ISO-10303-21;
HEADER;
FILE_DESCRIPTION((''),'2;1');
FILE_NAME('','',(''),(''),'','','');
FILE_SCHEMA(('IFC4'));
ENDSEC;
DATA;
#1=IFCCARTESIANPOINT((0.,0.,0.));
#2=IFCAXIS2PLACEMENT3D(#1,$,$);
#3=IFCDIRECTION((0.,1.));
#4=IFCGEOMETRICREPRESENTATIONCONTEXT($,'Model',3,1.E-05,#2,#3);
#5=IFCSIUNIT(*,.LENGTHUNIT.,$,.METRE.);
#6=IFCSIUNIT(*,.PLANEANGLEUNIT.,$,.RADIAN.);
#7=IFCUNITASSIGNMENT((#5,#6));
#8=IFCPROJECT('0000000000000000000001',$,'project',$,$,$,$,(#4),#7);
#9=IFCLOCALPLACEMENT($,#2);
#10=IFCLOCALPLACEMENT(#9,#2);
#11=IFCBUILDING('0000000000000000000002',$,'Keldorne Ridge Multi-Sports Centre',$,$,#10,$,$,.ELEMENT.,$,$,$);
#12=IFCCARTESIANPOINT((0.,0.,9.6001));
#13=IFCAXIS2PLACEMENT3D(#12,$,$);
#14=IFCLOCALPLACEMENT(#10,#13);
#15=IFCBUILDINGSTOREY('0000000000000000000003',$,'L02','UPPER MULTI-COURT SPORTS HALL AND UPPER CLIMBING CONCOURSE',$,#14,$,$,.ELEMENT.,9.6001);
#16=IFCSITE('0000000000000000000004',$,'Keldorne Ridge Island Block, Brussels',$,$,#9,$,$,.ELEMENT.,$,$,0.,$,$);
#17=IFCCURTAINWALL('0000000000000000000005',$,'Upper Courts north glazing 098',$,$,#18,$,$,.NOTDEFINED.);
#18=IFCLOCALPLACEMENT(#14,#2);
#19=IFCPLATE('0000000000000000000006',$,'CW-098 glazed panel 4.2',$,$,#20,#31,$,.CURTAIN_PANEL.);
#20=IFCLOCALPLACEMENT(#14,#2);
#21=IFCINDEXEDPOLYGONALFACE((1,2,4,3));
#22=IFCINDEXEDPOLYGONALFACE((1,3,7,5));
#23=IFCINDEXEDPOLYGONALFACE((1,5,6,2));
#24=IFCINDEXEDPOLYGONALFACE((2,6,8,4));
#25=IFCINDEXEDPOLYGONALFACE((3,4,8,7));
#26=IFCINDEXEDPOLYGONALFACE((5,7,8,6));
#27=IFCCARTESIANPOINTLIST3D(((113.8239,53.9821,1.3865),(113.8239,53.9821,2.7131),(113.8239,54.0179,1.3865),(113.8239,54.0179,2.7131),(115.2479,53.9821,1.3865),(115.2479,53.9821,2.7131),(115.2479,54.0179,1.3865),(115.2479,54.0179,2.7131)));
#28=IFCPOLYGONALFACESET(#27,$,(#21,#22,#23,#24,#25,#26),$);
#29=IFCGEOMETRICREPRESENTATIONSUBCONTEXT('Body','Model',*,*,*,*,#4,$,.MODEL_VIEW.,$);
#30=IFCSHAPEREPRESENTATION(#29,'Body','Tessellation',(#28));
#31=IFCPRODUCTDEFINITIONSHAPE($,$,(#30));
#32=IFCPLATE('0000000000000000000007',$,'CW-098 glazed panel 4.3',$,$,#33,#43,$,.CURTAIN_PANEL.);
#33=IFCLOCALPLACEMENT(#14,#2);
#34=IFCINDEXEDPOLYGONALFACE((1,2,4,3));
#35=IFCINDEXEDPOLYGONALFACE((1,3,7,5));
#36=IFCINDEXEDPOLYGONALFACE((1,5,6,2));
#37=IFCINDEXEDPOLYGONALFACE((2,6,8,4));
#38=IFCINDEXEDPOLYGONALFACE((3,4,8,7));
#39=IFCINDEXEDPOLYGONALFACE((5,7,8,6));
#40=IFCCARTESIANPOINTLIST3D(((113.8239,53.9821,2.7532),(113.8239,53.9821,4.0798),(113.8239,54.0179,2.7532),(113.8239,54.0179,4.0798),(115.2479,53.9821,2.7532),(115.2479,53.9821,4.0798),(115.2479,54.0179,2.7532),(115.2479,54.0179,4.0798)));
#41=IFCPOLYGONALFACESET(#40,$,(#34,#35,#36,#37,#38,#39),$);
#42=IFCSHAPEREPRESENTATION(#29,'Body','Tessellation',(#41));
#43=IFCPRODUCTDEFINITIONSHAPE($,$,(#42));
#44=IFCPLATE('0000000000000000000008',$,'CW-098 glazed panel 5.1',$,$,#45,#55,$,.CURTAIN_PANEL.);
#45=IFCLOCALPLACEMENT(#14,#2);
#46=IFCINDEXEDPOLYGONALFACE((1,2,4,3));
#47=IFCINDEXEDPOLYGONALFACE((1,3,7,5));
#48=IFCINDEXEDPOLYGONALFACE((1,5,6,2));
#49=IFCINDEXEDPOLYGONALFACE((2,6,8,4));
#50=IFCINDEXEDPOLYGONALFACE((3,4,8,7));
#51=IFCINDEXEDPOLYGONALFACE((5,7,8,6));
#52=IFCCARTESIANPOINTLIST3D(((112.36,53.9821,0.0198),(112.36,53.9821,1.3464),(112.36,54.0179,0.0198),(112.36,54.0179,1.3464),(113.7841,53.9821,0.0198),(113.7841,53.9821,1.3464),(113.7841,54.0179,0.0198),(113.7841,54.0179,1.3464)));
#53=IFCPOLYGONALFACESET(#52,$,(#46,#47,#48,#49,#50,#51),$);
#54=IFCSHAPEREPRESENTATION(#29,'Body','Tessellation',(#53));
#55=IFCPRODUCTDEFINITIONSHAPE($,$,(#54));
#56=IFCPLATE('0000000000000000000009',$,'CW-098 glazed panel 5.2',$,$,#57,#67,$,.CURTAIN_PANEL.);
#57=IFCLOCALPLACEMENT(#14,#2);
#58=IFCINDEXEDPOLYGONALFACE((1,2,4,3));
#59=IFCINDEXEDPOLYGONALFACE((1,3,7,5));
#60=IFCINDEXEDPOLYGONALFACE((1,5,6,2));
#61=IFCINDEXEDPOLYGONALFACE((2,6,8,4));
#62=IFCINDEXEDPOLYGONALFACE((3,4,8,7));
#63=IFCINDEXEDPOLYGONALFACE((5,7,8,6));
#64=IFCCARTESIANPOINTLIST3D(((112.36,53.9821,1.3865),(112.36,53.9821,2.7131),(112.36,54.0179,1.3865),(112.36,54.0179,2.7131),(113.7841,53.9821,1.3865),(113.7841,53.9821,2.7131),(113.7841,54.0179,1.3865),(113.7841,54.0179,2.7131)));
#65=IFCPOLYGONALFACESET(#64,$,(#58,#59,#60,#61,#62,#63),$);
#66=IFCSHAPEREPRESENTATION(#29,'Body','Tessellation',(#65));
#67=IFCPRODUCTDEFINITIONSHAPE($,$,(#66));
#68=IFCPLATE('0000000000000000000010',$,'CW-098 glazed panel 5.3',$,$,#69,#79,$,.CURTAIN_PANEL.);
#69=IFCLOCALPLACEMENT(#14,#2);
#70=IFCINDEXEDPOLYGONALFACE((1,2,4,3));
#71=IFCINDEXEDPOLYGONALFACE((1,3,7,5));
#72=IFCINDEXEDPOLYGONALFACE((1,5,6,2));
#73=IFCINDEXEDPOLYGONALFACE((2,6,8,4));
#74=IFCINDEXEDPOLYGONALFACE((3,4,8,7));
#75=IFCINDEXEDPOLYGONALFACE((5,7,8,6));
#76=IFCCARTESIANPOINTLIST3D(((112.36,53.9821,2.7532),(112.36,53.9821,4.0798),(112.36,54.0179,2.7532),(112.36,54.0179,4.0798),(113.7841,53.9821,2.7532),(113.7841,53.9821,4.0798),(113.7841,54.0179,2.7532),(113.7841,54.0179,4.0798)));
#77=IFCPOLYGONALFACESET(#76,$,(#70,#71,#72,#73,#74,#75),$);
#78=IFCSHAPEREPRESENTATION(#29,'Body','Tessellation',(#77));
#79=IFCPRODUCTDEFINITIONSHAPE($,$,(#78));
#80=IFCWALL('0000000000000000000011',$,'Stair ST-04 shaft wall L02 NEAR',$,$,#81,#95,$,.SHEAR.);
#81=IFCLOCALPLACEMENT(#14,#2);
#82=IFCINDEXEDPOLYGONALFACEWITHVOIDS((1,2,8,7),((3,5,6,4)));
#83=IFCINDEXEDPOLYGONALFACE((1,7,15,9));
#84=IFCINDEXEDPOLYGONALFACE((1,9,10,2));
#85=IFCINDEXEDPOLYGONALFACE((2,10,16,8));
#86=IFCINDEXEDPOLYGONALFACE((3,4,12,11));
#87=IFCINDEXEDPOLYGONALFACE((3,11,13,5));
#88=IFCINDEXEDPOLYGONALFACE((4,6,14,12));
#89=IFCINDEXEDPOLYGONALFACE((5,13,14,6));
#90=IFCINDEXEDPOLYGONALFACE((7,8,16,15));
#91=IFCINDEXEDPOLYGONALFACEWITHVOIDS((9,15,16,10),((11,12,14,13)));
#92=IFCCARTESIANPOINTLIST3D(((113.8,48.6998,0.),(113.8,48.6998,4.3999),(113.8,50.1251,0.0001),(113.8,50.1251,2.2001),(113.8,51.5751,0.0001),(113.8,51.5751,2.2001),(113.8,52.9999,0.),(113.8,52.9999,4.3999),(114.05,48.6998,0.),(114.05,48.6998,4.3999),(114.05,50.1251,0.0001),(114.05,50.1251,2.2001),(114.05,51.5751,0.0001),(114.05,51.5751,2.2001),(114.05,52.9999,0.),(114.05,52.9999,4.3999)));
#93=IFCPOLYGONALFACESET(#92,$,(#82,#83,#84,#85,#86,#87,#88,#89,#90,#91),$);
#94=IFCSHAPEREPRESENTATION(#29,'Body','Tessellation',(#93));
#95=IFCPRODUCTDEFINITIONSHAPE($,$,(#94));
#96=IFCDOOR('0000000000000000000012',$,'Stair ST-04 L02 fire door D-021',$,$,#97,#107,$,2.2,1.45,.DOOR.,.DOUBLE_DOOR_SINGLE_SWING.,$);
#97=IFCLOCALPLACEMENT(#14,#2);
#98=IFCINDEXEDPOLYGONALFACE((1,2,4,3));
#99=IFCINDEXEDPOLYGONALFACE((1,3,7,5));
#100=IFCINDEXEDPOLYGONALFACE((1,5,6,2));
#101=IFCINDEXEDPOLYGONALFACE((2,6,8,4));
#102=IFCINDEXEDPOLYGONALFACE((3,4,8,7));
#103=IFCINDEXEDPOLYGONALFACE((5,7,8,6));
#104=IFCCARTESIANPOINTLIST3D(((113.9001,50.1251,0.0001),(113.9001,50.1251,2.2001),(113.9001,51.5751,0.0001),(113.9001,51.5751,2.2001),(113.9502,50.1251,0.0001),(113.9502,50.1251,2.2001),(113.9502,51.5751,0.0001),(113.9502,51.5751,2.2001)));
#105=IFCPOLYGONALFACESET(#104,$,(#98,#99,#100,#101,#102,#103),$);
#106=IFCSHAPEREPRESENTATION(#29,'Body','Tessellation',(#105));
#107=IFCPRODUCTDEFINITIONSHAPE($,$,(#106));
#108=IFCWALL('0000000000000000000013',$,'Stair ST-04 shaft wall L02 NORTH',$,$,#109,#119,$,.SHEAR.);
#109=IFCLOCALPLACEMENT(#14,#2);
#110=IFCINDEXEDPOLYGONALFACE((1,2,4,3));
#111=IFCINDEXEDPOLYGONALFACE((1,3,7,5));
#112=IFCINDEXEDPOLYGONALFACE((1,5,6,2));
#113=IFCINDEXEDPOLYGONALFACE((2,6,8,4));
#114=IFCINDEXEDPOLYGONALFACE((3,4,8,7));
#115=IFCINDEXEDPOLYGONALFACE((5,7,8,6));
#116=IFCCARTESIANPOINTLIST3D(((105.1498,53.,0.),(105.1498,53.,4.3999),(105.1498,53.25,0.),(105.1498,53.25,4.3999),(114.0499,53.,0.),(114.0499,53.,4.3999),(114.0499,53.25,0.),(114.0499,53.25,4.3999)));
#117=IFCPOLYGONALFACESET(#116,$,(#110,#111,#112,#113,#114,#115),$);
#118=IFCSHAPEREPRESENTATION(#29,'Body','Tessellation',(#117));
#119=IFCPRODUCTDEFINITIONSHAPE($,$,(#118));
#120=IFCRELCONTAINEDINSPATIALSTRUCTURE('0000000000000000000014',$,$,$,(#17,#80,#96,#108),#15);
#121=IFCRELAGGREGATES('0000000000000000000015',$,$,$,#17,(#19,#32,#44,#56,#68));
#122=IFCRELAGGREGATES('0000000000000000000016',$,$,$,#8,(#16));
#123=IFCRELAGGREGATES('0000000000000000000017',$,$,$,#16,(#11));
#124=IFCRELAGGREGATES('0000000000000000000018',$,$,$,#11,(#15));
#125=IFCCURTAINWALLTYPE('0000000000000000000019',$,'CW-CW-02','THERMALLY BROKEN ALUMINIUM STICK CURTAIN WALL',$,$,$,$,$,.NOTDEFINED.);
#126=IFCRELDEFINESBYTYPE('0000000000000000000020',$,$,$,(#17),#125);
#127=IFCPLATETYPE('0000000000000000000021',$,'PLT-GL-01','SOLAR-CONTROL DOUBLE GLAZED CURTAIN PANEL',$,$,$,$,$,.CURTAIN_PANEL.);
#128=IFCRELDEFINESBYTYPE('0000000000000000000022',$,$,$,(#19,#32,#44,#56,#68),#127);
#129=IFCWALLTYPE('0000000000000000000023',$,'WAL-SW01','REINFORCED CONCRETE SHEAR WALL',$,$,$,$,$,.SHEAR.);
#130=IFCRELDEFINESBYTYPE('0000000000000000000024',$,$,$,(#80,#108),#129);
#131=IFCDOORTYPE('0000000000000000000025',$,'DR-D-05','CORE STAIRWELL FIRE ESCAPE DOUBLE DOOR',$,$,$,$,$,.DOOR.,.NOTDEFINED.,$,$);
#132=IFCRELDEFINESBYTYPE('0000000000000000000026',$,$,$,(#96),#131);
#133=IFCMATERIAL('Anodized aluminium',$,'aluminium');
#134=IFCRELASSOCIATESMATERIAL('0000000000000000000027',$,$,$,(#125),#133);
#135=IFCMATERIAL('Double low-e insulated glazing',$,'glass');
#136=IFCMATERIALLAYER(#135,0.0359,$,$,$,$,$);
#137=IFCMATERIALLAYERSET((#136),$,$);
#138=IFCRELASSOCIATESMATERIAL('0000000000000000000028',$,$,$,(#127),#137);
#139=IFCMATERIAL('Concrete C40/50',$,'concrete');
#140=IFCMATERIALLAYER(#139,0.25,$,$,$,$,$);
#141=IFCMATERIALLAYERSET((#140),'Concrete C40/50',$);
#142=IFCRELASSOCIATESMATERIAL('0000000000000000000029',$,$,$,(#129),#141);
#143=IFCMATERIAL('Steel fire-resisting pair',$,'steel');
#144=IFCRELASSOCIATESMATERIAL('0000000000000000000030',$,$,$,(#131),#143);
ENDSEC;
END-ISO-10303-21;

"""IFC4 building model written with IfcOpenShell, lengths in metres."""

from ifc_helpers import new_model, si_unit, direction, frame, frame_2d, origin, origin_2d, place, context, subcontext, project, spatial, rectangle, extrude, material, layer, layer_set, type_object, element, fill, aggregate, save


model = new_model("IFC4")

# Units and contexts
model_context = context("Model", 3, precision=1e-05, world=origin(), true_north=direction((0.0, 1.0)))
body_context = subcontext(model_context, "Body", "Model", "MODEL_VIEW")
ifc_project = project(units=[si_unit("LENGTHUNIT", "METRE"), si_unit("PLANEANGLEUNIT", "RADIAN")], contexts=[model_context])

# Site, building, storey
site_placement = place(None, origin())
site = spatial("IfcSite", under=ifc_project, at=site_placement, Name="Keldorne Ridge Island Block, Brussels", CompositionType="ELEMENT", RefElevation=0.0)
building_placement = place(site_placement, origin())
building = spatial("IfcBuilding", under=site, at=building_placement, Name="Keldorne Ridge Multi-Sports Centre", CompositionType="ELEMENT")
storey_placement = place(building_placement, frame((0.0, 0.0, 9.6001)))
storey = spatial("IfcBuildingStorey", under=building, at=storey_placement, Name="L02", Description="UPPER MULTI-COURT SPORTS HALL AND UPPER CLIMBING CONCOURSE", CompositionType="ELEMENT", Elevation=9.6001)

# Curtain wall, plates
ifc_material_1 = material(Name="Anodized aluminium", Category="aluminium")
curtain_wall_type = type_object("IfcCurtainWallType", Name="CW-CW-02", Description="THERMALLY BROKEN ALUMINIUM STICK CURTAIN WALL", PredefinedType="NOTDEFINED", material=ifc_material_1)
curtain_wall_placement = place(storey_placement, origin())
curtain_wall = element("IfcCurtainWall", 1, at=curtain_wall_placement, inside=storey, type_object=curtain_wall_type, Name="Upper Courts north glazing 098", PredefinedType="NOTDEFINED")
ifc_material_2 = material(Name="Double low-e insulated glazing", Category="glass")
ifc_layer_1 = layer(ifc_material_2, 0.0359)
ifc_layer_set_1 = layer_set([ifc_layer_1])
plate_type = type_object("IfcPlateType", Name="PLT-GL-01", Description="SOLAR-CONTROL DOUBLE GLAZED CURTAIN PANEL", PredefinedType="CURTAIN_PANEL", material=ifc_layer_set_1)
plate_1_placement = place(storey_placement, frame((114.5359, 54.0, 1.3865), z_axis=(0.0, 0.0, 1.0), x_axis=(-1.0, 0.0, 0.0)))
plate_1 = element("IfcPlate", 2, at=plate_1_placement, type_object=plate_type, Name="CW-098 glazed panel 4.2", PredefinedType="CURTAIN_PANEL", context=body_context, shape_type="SweptSolid", body=[
    extrude(rectangle(XDim=1.4241, YDim=0.0359, at=origin_2d()), origin(), (0.0, 0.0, 1.0), 1.3267),
])
plate_2_placement = place(storey_placement, frame((114.5359, 54.0, 2.7532), z_axis=(0.0, 0.0, 1.0), x_axis=(-1.0, 0.0, 0.0)))
plate_2 = element("IfcPlate", 3, at=plate_2_placement, type_object=plate_type, Name="CW-098 glazed panel 4.3", PredefinedType="CURTAIN_PANEL", context=body_context, shape_type="SweptSolid", body=[
    extrude(rectangle(XDim=1.4241, YDim=0.0359, at=origin_2d()), origin(), (0.0, 0.0, 1.0), 1.3267),
])
plate_3_placement = place(storey_placement, frame((113.072, 54.0, 0.0198), z_axis=(0.0, 0.0, 1.0), x_axis=(-1.0, 0.0, 0.0)))
plate_3 = element("IfcPlate", 4, at=plate_3_placement, type_object=plate_type, Name="CW-098 glazed panel 5.1", PredefinedType="CURTAIN_PANEL", context=body_context, shape_type="SweptSolid", body=[
    extrude(rectangle(XDim=1.4241, YDim=0.0359, at=origin_2d()), origin(), (0.0, 0.0, 1.0), 1.3267),
])
plate_4_placement = place(storey_placement, frame((113.072, 54.0, 1.3865), z_axis=(0.0, 0.0, 1.0), x_axis=(-1.0, 0.0, 0.0)))
plate_4 = element("IfcPlate", 5, at=plate_4_placement, type_object=plate_type, Name="CW-098 glazed panel 5.2", PredefinedType="CURTAIN_PANEL", context=body_context, shape_type="SweptSolid", body=[
    extrude(rectangle(XDim=1.4241, YDim=0.0359, at=origin_2d()), origin(), (0.0, 0.0, 1.0), 1.3267),
])
plate_5_placement = place(storey_placement, frame((113.072, 54.0, 2.7532), z_axis=(0.0, 0.0, 1.0), x_axis=(-1.0, 0.0, 0.0)))
plate_5 = element("IfcPlate", 6, at=plate_5_placement, type_object=plate_type, Name="CW-098 glazed panel 5.3", PredefinedType="CURTAIN_PANEL", context=body_context, shape_type="SweptSolid", body=[
    extrude(rectangle(XDim=1.4241, YDim=0.0359, at=origin_2d()), origin(), (0.0, 0.0, 1.0), 1.3267),
])
aggregate(curtain_wall, [plate_1, plate_2, plate_3, plate_4, plate_5])

# Wall, opening, door
ifc_material_3 = material(Name="Concrete C40/50", Category="concrete")
ifc_layer_2 = layer(ifc_material_3, 0.25)
ifc_layer_set_2 = layer_set([ifc_layer_2], Name="Concrete C40/50")
wall_type = type_object("IfcWallType", Name="WAL-SW01", Description="REINFORCED CONCRETE SHEAR WALL", PredefinedType="SHEAR", material=ifc_layer_set_2)
wall_1_placement = place(storey_placement, frame((113.925, 48.7, 0.0), z_axis=(0.0, 0.0, 1.0), x_axis=(0.0, 1.0, 0.0)))
wall_1 = element("IfcWall", 7, at=wall_1_placement, inside=storey, type_object=wall_type, Name="Stair ST-04 shaft wall L02 NEAR", PredefinedType="SHEAR", context=body_context, shape_type="SweptSolid", body=[
    extrude(rectangle(XDim=4.3, YDim=0.25, at=frame_2d((2.1499, 0.0))), origin(), (0.0, 0.0, 1.0), 4.3999),
])
opening_placement = place(wall_1_placement, frame((1.425, 0.0, 0.0)))
opening = element("IfcOpeningElement", 8, at=opening_placement, cuts=wall_1, PredefinedType="OPENING", context=body_context, shape_type="SweptSolid", body=[
    extrude(rectangle(XDim=1.45, YDim=2.2, at=frame_2d((0.7251, 1.1001))), frame((0.0, 0.135, 0.0), z_axis=(0.0, -1.0, 0.0), x_axis=(1.0, 0.0, 0.0)), (0.0, 0.0, 1.0), 0.27),
])
ifc_material_4 = material(Name="Steel fire-resisting pair", Category="steel")
door_type = type_object("IfcDoorType", Name="DR-D-05", Description="CORE STAIRWELL FIRE ESCAPE DOUBLE DOOR", OperationType="NOTDEFINED", PredefinedType="DOOR", material=ifc_material_4)
door_placement = place(opening_placement, origin())
door = element("IfcDoor", 9, at=door_placement, inside=storey, type_object=door_type, Name="Stair ST-04 L02 fire door D-021", OperationType="DOUBLE_DOOR_SINGLE_SWING", OverallHeight=2.2, OverallWidth=1.45, PredefinedType="DOOR", context=body_context, shape_type="SweptSolid", body=[
    extrude(rectangle(XDim=1.45, YDim=2.2, at=frame_2d((0.7251, 1.1001))), frame((0.0, 0.0249, 0.0), z_axis=(0.0, -1.0, 0.0), x_axis=(1.0, 0.0, 0.0)), (0.0, 0.0, 1.0), 0.05),
])
fill(opening, door)

# Wall
wall_2_placement = place(storey_placement, frame((114.05, 53.125, 0.0), z_axis=(0.0, 0.0, 1.0), x_axis=(-1.0, 0.0, 0.0)))
element("IfcWall", 10, at=wall_2_placement, inside=storey, type_object=wall_type, Name="Stair ST-04 shaft wall L02 NORTH", PredefinedType="SHEAR", context=body_context, shape_type="SweptSolid", body=[
    extrude(rectangle(XDim=8.9001, YDim=0.25, at=frame_2d((4.4502, 0.0))), origin(), (0.0, 0.0, 1.0), 4.3999),
])

save(model, "model.ifc")
